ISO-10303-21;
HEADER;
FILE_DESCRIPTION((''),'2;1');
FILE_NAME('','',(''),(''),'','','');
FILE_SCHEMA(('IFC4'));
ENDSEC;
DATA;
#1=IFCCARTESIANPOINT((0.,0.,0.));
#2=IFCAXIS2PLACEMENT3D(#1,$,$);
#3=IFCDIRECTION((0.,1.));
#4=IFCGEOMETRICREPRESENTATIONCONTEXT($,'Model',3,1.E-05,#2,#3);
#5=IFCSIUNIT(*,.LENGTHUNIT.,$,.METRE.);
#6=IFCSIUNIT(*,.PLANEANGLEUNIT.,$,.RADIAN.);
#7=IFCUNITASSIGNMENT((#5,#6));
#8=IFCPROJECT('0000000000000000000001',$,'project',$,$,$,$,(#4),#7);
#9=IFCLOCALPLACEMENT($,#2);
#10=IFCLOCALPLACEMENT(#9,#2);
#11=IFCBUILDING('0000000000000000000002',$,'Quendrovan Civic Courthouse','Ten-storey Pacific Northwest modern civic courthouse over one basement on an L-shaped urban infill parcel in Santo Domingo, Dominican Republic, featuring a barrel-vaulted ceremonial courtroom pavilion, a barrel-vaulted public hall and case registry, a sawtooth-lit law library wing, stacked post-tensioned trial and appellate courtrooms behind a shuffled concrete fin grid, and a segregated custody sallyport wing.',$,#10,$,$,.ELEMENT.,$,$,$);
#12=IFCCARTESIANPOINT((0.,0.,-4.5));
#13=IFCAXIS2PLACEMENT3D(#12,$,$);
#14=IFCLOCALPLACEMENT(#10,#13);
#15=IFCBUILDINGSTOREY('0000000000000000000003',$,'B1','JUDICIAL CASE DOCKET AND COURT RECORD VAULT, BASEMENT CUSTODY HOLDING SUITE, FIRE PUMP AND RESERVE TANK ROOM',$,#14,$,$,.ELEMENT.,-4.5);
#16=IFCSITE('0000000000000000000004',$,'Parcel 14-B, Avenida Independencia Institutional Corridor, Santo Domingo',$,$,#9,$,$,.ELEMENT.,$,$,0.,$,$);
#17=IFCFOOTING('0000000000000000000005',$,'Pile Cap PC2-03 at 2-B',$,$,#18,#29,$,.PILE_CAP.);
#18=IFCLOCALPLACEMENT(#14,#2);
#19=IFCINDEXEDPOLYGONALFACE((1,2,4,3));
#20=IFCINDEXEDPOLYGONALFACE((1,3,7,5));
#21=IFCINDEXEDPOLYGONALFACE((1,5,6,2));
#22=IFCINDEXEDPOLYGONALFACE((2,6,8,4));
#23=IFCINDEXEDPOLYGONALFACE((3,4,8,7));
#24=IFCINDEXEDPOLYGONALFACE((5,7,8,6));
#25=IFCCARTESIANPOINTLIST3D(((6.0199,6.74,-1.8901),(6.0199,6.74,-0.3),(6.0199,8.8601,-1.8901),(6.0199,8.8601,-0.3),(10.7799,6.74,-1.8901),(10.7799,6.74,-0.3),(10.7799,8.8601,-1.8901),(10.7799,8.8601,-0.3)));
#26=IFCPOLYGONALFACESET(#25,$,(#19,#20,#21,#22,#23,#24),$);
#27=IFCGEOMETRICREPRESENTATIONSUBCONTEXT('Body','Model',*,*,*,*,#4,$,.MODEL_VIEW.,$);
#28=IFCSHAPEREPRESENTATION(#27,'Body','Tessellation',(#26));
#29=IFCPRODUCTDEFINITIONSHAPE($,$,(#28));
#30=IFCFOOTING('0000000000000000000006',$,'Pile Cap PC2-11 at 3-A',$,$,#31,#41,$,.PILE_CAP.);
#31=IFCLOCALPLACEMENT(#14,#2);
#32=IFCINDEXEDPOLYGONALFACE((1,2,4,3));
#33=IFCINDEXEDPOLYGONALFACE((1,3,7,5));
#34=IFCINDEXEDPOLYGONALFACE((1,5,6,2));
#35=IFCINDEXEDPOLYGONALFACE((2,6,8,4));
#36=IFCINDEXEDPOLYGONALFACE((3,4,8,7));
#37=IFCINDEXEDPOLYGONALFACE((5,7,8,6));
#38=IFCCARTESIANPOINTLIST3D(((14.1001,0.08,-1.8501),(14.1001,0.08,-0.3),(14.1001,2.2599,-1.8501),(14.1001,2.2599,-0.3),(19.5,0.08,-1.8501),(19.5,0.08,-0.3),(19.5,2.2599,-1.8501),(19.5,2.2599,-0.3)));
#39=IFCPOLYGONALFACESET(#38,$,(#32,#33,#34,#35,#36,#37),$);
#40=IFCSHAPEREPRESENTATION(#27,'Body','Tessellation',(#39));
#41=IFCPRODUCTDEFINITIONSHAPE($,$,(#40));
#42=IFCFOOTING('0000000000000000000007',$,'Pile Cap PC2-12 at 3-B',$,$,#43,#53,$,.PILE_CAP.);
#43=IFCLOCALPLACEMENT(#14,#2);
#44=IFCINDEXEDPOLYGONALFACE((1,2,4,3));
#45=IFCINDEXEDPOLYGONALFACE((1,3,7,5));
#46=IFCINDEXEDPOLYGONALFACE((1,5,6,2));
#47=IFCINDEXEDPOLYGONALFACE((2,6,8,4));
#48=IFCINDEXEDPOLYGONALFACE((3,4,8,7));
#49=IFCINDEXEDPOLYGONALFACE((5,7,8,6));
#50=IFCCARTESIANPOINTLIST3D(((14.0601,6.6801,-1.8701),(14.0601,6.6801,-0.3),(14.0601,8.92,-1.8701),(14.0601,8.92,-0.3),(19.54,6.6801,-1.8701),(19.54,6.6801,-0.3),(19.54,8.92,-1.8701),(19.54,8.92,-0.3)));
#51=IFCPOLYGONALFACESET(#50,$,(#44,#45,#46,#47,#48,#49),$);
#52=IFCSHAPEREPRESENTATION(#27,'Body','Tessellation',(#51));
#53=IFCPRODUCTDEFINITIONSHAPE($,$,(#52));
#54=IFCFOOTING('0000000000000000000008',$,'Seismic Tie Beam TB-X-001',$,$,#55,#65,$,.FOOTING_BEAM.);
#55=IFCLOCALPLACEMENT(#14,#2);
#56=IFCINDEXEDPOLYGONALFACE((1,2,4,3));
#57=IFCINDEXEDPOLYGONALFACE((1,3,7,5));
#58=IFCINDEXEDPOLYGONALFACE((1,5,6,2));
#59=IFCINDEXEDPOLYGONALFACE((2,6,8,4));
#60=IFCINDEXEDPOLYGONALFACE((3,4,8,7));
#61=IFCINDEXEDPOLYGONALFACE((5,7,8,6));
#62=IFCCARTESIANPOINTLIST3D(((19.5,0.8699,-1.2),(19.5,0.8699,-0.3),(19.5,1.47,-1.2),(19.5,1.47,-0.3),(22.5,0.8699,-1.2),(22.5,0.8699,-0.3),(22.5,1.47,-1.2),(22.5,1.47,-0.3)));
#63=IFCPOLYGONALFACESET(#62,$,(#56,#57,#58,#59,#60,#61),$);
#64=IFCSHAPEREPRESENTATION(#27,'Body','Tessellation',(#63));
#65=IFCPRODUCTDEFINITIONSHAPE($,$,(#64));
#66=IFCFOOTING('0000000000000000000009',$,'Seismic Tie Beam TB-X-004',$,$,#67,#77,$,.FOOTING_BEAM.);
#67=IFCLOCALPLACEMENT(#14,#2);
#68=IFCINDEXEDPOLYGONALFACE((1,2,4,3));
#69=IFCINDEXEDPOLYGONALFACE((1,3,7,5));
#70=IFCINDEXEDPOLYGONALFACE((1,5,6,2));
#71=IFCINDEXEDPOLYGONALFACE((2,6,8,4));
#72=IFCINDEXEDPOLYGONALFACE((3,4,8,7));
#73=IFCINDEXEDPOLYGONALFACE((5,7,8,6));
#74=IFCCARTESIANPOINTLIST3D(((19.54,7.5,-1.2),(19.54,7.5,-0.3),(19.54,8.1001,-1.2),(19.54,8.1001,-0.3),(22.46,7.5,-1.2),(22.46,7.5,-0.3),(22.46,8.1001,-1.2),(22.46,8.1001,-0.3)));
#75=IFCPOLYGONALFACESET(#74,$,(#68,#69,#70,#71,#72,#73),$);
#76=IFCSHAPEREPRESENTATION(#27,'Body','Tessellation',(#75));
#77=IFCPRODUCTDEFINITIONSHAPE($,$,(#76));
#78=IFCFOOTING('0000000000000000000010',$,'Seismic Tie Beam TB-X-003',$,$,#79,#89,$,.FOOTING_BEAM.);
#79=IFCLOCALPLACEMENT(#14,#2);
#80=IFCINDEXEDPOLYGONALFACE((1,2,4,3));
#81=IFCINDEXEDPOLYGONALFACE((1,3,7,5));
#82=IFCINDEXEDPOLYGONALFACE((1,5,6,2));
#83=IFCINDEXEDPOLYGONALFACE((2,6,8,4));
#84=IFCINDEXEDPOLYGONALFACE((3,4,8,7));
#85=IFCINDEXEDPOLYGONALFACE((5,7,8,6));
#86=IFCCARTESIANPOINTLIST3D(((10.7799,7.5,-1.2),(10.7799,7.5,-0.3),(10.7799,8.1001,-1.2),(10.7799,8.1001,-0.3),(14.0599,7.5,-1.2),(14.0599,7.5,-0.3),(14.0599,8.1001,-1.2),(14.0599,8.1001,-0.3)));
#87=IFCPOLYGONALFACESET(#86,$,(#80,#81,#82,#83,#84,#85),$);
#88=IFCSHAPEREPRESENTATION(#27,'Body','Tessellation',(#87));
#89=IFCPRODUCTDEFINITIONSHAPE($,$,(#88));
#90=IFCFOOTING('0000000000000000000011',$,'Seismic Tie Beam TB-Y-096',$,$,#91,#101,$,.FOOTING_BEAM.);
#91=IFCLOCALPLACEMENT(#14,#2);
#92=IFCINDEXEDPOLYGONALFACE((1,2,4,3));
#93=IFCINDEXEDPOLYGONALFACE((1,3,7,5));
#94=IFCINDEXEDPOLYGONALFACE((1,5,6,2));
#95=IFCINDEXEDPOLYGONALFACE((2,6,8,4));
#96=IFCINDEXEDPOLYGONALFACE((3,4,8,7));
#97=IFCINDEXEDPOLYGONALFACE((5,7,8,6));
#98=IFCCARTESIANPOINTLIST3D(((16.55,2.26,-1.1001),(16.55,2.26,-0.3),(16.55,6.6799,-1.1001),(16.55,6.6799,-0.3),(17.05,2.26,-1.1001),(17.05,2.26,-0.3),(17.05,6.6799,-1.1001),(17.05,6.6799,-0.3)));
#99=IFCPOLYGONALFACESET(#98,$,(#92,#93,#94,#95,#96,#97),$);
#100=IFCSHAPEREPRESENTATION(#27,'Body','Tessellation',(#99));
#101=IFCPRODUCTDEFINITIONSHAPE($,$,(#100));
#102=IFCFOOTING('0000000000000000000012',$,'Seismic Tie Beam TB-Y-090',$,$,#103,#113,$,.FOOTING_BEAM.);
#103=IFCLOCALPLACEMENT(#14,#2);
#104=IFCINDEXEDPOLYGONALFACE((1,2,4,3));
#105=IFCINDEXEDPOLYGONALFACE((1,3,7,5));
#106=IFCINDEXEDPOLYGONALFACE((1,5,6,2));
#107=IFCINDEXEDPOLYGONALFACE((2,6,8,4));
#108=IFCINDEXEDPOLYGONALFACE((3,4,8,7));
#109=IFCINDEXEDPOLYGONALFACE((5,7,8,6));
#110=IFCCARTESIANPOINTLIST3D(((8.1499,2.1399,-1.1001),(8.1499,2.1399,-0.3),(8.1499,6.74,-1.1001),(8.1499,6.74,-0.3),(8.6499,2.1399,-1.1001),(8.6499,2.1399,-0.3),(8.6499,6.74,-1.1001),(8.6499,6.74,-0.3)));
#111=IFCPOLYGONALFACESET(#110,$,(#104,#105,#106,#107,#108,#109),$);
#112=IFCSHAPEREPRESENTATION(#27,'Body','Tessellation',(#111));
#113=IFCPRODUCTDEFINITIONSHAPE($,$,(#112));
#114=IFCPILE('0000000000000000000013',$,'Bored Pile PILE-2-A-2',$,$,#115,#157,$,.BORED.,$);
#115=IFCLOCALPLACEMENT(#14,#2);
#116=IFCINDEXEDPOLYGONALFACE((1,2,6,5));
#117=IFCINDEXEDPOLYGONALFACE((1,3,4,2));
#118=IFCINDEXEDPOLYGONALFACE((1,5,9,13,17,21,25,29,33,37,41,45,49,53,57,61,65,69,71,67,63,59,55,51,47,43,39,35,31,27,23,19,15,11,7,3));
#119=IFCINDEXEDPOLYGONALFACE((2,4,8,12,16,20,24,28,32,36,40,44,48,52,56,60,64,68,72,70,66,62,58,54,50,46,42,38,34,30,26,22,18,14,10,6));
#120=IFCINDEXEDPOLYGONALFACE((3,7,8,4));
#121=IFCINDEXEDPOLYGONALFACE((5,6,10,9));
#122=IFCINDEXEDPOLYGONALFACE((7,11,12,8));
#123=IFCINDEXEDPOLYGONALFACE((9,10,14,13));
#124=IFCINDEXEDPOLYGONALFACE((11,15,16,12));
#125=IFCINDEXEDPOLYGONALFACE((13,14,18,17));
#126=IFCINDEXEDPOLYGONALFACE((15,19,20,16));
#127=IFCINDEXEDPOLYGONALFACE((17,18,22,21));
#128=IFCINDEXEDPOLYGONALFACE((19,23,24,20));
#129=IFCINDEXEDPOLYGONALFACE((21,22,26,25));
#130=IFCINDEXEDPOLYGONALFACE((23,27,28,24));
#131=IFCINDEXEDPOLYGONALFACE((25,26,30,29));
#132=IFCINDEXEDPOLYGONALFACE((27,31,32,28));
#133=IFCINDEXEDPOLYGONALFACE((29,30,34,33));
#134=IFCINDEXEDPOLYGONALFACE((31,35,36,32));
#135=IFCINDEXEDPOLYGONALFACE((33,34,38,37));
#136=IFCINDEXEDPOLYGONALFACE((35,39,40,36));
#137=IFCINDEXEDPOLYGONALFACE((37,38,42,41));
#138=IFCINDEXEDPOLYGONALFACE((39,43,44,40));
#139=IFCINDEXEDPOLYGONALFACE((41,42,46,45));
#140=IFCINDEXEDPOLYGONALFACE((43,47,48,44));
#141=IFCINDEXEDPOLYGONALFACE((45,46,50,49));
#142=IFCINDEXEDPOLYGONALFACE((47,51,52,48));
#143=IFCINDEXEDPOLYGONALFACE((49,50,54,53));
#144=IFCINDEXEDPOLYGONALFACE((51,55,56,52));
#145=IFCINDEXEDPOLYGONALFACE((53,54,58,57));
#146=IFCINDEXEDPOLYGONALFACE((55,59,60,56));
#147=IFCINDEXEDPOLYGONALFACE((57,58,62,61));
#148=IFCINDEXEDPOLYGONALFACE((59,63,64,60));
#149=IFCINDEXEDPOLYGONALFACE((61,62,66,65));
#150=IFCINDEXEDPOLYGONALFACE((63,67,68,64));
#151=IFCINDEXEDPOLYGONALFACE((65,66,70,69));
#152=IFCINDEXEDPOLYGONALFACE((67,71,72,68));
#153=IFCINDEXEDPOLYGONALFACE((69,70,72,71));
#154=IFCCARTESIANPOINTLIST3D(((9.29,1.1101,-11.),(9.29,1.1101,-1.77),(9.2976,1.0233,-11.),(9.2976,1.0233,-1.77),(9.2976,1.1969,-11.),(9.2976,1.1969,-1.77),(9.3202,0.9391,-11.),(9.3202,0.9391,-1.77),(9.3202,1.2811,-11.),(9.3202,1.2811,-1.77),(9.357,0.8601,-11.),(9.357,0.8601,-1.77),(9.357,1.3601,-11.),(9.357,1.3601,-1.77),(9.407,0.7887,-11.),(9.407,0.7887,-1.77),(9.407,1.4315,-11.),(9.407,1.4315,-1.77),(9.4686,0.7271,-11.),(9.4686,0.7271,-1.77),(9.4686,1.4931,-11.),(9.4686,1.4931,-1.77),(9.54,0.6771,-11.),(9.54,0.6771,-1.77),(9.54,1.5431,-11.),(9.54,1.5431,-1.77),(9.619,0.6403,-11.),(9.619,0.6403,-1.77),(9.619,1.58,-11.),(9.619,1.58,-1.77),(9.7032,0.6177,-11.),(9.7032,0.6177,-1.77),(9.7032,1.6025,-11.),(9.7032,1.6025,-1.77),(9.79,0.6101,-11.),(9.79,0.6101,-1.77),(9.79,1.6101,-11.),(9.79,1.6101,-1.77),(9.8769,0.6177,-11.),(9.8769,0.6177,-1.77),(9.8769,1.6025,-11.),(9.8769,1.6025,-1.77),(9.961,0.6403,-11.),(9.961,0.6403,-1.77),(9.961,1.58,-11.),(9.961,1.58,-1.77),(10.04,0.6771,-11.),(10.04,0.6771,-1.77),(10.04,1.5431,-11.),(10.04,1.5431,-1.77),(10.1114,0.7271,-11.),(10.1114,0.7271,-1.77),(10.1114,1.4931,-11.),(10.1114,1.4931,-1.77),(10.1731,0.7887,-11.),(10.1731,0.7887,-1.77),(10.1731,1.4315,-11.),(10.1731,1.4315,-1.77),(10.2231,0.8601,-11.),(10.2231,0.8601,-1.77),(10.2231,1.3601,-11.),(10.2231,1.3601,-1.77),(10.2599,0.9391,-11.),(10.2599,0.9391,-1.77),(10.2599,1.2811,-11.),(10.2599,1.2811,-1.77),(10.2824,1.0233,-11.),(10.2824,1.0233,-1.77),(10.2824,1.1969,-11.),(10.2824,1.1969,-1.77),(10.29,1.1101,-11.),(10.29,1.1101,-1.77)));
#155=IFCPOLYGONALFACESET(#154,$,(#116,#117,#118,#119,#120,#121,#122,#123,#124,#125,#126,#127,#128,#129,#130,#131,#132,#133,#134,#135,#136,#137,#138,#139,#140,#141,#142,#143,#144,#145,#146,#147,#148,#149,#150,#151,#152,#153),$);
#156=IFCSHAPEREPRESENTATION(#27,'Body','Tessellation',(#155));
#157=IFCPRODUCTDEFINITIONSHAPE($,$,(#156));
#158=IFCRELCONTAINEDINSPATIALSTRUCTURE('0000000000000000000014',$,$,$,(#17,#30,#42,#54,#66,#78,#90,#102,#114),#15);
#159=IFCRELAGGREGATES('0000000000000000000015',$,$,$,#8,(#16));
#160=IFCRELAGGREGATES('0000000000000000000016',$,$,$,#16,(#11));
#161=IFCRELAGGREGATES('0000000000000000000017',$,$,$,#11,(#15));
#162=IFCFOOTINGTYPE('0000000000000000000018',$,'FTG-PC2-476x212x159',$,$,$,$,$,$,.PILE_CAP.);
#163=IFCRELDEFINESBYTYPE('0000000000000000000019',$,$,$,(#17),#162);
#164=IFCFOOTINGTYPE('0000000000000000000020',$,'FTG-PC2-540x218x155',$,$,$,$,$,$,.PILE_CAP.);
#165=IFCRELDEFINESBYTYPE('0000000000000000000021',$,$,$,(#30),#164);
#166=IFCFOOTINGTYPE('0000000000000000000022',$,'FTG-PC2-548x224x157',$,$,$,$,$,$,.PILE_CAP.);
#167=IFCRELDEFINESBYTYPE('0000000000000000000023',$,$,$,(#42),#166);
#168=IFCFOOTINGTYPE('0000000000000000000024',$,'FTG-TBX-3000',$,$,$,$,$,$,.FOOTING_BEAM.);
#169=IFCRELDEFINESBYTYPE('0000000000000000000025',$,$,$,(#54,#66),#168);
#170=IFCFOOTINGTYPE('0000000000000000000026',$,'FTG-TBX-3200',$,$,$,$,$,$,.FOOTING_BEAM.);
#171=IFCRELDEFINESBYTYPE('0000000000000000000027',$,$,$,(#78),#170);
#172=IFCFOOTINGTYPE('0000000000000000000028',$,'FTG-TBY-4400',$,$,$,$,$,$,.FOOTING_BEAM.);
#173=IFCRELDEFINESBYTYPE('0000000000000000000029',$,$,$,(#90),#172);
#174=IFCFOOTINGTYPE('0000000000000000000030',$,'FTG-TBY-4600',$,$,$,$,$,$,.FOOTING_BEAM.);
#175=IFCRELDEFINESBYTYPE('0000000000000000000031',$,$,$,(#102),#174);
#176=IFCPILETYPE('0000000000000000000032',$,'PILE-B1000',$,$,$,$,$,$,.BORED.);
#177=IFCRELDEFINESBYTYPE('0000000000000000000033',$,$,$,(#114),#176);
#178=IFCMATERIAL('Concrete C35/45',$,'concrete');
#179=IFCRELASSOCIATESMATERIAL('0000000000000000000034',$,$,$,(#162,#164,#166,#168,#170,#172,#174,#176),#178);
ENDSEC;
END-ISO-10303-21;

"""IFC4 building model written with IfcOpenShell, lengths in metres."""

from ifc_helpers import new_model, si_unit, direction, frame, origin, origin_2d, place, context, subcontext, project, spatial, rectangle, circle, extrude, material, material_profile, profile_set, type_object, element, save


model = new_model("IFC4")

# Units and contexts
model_context = context("Model", 3, precision=1e-05, world=origin(), true_north=direction((0.0, 1.0)))
body_context = subcontext(model_context, "Body", "Model", "MODEL_VIEW")
ifc_project = project(units=[si_unit("LENGTHUNIT", "METRE"), si_unit("PLANEANGLEUNIT", "RADIAN")], contexts=[model_context])

# Site, building, storey
site_placement = place(None, origin())
site = spatial("IfcSite", under=ifc_project, at=site_placement, Name="Parcel 14-B, Avenida Independencia Institutional Corridor, Santo Domingo", CompositionType="ELEMENT", RefElevation=0.0)
building_placement = place(site_placement, origin())
building = spatial("IfcBuilding", under=site, at=building_placement, Name="Quendrovan Civic Courthouse", Description="Ten-storey Pacific Northwest modern civic courthouse over one basement on an L-shaped urban infill parcel in Santo Domingo, Dominican Republic, featuring a barrel-vaulted ceremonial courtroom pavilion, a barrel-vaulted public hall and case registry, a sawtooth-lit law library wing, stacked post-tensioned trial and appellate courtrooms behind a shuffled concrete fin grid, and a segregated custody sallyport wing.", CompositionType="ELEMENT")
storey_placement = place(building_placement, frame((0.0, 0.0, -4.5)))
storey = spatial("IfcBuildingStorey", under=building, at=storey_placement, Name="B1", Description="JUDICIAL CASE DOCKET AND COURT RECORD VAULT, BASEMENT CUSTODY HOLDING SUITE, FIRE PUMP AND RESERVE TANK ROOM", CompositionType="ELEMENT", Elevation=-4.5)

# Footings
ifc_material_1 = material(Name="Concrete C35/45", Category="concrete")
footing_type_1 = type_object("IfcFootingType", Name="FTG-PC2-476x212x159", PredefinedType="PILE_CAP", material=ifc_material_1)
footing_1_placement = place(storey_placement, frame((8.3999, 7.8, -1.8901), z_axis=(0.0, 0.0, 1.0), x_axis=(1.0, 0.0, 0.0)))
element("IfcFooting", 1, at=footing_1_placement, inside=storey, type_object=footing_type_1, Name="Pile Cap PC2-03 at 2-B", PredefinedType="PILE_CAP", context=body_context, shape_type="SweptSolid", body=[
    extrude(rectangle(XDim=4.76, YDim=2.1201, at=origin_2d()), origin(), (0.0, 0.0, 1.0), 1.5901),
])
footing_type_2 = type_object("IfcFootingType", Name="FTG-PC2-540x218x155", PredefinedType="PILE_CAP", material=ifc_material_1)
footing_2_placement = place(storey_placement, frame((16.8, 1.1699, -1.8501), z_axis=(0.0, 0.0, 1.0), x_axis=(1.0, 0.0, 0.0)))
element("IfcFooting", 2, at=footing_2_placement, inside=storey, type_object=footing_type_2, Name="Pile Cap PC2-11 at 3-A", PredefinedType="PILE_CAP", context=body_context, shape_type="SweptSolid", body=[
    extrude(rectangle(XDim=5.3999, YDim=2.1799, at=origin_2d()), origin(), (0.0, 0.0, 1.0), 1.55),
])
footing_type_3 = type_object("IfcFootingType", Name="FTG-PC2-548x224x157", PredefinedType="PILE_CAP", material=ifc_material_1)
footing_3_placement = place(storey_placement, frame((16.8, 7.8, -1.8701), z_axis=(0.0, 0.0, 1.0), x_axis=(1.0, 0.0, 0.0)))
element("IfcFooting", 3, at=footing_3_placement, inside=storey, type_object=footing_type_3, Name="Pile Cap PC2-12 at 3-B", PredefinedType="PILE_CAP", context=body_context, shape_type="SweptSolid", body=[
    extrude(rectangle(XDim=5.48, YDim=2.24, at=origin_2d()), origin(), (0.0, 0.0, 1.0), 1.5701),
])
footing_type_4 = type_object("IfcFootingType", Name="FTG-TBX-3000", PredefinedType="FOOTING_BEAM", material=ifc_material_1)
footing_4_placement = place(storey_placement, frame((21.0, 1.1699, -1.2), z_axis=(0.0, 0.0, 1.0), x_axis=(1.0, 0.0, 0.0)))
element("IfcFooting", 4, at=footing_4_placement, inside=storey, type_object=footing_type_4, Name="Seismic Tie Beam TB-X-001", PredefinedType="FOOTING_BEAM", context=body_context, shape_type="SweptSolid", body=[
    extrude(rectangle(XDim=3.0, YDim=0.6001, at=origin_2d()), origin(), (0.0, 0.0, 1.0), 0.8999),
])
footing_5_placement = place(storey_placement, frame((21.0, 7.8, -1.2), z_axis=(0.0, 0.0, 1.0), x_axis=(1.0, 0.0, 0.0)))
element("IfcFooting", 5, at=footing_5_placement, inside=storey, type_object=footing_type_4, Name="Seismic Tie Beam TB-X-004", PredefinedType="FOOTING_BEAM", context=body_context, shape_type="SweptSolid", body=[
    extrude(rectangle(XDim=2.9199, YDim=0.6001, at=origin_2d()), origin(), (0.0, 0.0, 1.0), 0.8999),
])
footing_type_5 = type_object("IfcFootingType", Name="FTG-TBX-3200", PredefinedType="FOOTING_BEAM", material=ifc_material_1)
footing_6_placement = place(storey_placement, frame((12.4199, 7.8, -1.2), z_axis=(0.0, 0.0, 1.0), x_axis=(1.0, 0.0, 0.0)))
element("IfcFooting", 6, at=footing_6_placement, inside=storey, type_object=footing_type_5, Name="Seismic Tie Beam TB-X-003", PredefinedType="FOOTING_BEAM", context=body_context, shape_type="SweptSolid", body=[
    extrude(rectangle(XDim=3.28, YDim=0.6001, at=origin_2d()), origin(), (0.0, 0.0, 1.0), 0.8999),
])
footing_type_6 = type_object("IfcFootingType", Name="FTG-TBY-4400", PredefinedType="FOOTING_BEAM", material=ifc_material_1)
footing_7_placement = place(storey_placement, frame((16.8, 4.47, -1.1001), z_axis=(0.0, 0.0, 1.0), x_axis=(1.0, 0.0, 0.0)))
element("IfcFooting", 7, at=footing_7_placement, inside=storey, type_object=footing_type_6, Name="Seismic Tie Beam TB-Y-096", PredefinedType="FOOTING_BEAM", context=body_context, shape_type="SweptSolid", body=[
    extrude(rectangle(XDim=0.5, YDim=4.4199, at=origin_2d()), origin(), (0.0, 0.0, 1.0), 0.8),
])
footing_type_7 = type_object("IfcFootingType", Name="FTG-TBY-4600", PredefinedType="FOOTING_BEAM", material=ifc_material_1)
footing_8_placement = place(storey_placement, frame((8.3999, 4.4399, -1.1001), z_axis=(0.0, 0.0, 1.0), x_axis=(1.0, 0.0, 0.0)))
element("IfcFooting", 8, at=footing_8_placement, inside=storey, type_object=footing_type_7, Name="Seismic Tie Beam TB-Y-090", PredefinedType="FOOTING_BEAM", context=body_context, shape_type="SweptSolid", body=[
    extrude(rectangle(XDim=0.5, YDim=4.6001, at=origin_2d()), origin(), (0.0, 0.0, 1.0), 0.8),
])

# Pile
ifc_material_profile_1 = material_profile(ifc_material_1, circle(Radius=0.5, at=origin_2d()), Name="PILE-D1000")
ifc_profile_set_1 = profile_set([ifc_material_profile_1], Name="Concrete C35/45")
pile_type = type_object("IfcPileType", Name="PILE-B1000", PredefinedType="BORED", material=ifc_profile_set_1)
pile_1_placement = place(storey_placement, frame((9.79, 1.1101, -1.77), z_axis=(0.0, 0.0, -1.0), x_axis=(1.0, 0.0, 0.0)))
element("IfcPile", 9, at=pile_1_placement, inside=storey, type_object=pile_type, Name="Bored Pile PILE-2-A-2", PredefinedType="BORED", context=body_context, shape_type="SweptSolid", body=[
    extrude(circle(Radius=0.5, at=origin_2d()), origin(), (0.0, 0.0, 1.0), 9.23),
])

save(model, "model.ifc")
